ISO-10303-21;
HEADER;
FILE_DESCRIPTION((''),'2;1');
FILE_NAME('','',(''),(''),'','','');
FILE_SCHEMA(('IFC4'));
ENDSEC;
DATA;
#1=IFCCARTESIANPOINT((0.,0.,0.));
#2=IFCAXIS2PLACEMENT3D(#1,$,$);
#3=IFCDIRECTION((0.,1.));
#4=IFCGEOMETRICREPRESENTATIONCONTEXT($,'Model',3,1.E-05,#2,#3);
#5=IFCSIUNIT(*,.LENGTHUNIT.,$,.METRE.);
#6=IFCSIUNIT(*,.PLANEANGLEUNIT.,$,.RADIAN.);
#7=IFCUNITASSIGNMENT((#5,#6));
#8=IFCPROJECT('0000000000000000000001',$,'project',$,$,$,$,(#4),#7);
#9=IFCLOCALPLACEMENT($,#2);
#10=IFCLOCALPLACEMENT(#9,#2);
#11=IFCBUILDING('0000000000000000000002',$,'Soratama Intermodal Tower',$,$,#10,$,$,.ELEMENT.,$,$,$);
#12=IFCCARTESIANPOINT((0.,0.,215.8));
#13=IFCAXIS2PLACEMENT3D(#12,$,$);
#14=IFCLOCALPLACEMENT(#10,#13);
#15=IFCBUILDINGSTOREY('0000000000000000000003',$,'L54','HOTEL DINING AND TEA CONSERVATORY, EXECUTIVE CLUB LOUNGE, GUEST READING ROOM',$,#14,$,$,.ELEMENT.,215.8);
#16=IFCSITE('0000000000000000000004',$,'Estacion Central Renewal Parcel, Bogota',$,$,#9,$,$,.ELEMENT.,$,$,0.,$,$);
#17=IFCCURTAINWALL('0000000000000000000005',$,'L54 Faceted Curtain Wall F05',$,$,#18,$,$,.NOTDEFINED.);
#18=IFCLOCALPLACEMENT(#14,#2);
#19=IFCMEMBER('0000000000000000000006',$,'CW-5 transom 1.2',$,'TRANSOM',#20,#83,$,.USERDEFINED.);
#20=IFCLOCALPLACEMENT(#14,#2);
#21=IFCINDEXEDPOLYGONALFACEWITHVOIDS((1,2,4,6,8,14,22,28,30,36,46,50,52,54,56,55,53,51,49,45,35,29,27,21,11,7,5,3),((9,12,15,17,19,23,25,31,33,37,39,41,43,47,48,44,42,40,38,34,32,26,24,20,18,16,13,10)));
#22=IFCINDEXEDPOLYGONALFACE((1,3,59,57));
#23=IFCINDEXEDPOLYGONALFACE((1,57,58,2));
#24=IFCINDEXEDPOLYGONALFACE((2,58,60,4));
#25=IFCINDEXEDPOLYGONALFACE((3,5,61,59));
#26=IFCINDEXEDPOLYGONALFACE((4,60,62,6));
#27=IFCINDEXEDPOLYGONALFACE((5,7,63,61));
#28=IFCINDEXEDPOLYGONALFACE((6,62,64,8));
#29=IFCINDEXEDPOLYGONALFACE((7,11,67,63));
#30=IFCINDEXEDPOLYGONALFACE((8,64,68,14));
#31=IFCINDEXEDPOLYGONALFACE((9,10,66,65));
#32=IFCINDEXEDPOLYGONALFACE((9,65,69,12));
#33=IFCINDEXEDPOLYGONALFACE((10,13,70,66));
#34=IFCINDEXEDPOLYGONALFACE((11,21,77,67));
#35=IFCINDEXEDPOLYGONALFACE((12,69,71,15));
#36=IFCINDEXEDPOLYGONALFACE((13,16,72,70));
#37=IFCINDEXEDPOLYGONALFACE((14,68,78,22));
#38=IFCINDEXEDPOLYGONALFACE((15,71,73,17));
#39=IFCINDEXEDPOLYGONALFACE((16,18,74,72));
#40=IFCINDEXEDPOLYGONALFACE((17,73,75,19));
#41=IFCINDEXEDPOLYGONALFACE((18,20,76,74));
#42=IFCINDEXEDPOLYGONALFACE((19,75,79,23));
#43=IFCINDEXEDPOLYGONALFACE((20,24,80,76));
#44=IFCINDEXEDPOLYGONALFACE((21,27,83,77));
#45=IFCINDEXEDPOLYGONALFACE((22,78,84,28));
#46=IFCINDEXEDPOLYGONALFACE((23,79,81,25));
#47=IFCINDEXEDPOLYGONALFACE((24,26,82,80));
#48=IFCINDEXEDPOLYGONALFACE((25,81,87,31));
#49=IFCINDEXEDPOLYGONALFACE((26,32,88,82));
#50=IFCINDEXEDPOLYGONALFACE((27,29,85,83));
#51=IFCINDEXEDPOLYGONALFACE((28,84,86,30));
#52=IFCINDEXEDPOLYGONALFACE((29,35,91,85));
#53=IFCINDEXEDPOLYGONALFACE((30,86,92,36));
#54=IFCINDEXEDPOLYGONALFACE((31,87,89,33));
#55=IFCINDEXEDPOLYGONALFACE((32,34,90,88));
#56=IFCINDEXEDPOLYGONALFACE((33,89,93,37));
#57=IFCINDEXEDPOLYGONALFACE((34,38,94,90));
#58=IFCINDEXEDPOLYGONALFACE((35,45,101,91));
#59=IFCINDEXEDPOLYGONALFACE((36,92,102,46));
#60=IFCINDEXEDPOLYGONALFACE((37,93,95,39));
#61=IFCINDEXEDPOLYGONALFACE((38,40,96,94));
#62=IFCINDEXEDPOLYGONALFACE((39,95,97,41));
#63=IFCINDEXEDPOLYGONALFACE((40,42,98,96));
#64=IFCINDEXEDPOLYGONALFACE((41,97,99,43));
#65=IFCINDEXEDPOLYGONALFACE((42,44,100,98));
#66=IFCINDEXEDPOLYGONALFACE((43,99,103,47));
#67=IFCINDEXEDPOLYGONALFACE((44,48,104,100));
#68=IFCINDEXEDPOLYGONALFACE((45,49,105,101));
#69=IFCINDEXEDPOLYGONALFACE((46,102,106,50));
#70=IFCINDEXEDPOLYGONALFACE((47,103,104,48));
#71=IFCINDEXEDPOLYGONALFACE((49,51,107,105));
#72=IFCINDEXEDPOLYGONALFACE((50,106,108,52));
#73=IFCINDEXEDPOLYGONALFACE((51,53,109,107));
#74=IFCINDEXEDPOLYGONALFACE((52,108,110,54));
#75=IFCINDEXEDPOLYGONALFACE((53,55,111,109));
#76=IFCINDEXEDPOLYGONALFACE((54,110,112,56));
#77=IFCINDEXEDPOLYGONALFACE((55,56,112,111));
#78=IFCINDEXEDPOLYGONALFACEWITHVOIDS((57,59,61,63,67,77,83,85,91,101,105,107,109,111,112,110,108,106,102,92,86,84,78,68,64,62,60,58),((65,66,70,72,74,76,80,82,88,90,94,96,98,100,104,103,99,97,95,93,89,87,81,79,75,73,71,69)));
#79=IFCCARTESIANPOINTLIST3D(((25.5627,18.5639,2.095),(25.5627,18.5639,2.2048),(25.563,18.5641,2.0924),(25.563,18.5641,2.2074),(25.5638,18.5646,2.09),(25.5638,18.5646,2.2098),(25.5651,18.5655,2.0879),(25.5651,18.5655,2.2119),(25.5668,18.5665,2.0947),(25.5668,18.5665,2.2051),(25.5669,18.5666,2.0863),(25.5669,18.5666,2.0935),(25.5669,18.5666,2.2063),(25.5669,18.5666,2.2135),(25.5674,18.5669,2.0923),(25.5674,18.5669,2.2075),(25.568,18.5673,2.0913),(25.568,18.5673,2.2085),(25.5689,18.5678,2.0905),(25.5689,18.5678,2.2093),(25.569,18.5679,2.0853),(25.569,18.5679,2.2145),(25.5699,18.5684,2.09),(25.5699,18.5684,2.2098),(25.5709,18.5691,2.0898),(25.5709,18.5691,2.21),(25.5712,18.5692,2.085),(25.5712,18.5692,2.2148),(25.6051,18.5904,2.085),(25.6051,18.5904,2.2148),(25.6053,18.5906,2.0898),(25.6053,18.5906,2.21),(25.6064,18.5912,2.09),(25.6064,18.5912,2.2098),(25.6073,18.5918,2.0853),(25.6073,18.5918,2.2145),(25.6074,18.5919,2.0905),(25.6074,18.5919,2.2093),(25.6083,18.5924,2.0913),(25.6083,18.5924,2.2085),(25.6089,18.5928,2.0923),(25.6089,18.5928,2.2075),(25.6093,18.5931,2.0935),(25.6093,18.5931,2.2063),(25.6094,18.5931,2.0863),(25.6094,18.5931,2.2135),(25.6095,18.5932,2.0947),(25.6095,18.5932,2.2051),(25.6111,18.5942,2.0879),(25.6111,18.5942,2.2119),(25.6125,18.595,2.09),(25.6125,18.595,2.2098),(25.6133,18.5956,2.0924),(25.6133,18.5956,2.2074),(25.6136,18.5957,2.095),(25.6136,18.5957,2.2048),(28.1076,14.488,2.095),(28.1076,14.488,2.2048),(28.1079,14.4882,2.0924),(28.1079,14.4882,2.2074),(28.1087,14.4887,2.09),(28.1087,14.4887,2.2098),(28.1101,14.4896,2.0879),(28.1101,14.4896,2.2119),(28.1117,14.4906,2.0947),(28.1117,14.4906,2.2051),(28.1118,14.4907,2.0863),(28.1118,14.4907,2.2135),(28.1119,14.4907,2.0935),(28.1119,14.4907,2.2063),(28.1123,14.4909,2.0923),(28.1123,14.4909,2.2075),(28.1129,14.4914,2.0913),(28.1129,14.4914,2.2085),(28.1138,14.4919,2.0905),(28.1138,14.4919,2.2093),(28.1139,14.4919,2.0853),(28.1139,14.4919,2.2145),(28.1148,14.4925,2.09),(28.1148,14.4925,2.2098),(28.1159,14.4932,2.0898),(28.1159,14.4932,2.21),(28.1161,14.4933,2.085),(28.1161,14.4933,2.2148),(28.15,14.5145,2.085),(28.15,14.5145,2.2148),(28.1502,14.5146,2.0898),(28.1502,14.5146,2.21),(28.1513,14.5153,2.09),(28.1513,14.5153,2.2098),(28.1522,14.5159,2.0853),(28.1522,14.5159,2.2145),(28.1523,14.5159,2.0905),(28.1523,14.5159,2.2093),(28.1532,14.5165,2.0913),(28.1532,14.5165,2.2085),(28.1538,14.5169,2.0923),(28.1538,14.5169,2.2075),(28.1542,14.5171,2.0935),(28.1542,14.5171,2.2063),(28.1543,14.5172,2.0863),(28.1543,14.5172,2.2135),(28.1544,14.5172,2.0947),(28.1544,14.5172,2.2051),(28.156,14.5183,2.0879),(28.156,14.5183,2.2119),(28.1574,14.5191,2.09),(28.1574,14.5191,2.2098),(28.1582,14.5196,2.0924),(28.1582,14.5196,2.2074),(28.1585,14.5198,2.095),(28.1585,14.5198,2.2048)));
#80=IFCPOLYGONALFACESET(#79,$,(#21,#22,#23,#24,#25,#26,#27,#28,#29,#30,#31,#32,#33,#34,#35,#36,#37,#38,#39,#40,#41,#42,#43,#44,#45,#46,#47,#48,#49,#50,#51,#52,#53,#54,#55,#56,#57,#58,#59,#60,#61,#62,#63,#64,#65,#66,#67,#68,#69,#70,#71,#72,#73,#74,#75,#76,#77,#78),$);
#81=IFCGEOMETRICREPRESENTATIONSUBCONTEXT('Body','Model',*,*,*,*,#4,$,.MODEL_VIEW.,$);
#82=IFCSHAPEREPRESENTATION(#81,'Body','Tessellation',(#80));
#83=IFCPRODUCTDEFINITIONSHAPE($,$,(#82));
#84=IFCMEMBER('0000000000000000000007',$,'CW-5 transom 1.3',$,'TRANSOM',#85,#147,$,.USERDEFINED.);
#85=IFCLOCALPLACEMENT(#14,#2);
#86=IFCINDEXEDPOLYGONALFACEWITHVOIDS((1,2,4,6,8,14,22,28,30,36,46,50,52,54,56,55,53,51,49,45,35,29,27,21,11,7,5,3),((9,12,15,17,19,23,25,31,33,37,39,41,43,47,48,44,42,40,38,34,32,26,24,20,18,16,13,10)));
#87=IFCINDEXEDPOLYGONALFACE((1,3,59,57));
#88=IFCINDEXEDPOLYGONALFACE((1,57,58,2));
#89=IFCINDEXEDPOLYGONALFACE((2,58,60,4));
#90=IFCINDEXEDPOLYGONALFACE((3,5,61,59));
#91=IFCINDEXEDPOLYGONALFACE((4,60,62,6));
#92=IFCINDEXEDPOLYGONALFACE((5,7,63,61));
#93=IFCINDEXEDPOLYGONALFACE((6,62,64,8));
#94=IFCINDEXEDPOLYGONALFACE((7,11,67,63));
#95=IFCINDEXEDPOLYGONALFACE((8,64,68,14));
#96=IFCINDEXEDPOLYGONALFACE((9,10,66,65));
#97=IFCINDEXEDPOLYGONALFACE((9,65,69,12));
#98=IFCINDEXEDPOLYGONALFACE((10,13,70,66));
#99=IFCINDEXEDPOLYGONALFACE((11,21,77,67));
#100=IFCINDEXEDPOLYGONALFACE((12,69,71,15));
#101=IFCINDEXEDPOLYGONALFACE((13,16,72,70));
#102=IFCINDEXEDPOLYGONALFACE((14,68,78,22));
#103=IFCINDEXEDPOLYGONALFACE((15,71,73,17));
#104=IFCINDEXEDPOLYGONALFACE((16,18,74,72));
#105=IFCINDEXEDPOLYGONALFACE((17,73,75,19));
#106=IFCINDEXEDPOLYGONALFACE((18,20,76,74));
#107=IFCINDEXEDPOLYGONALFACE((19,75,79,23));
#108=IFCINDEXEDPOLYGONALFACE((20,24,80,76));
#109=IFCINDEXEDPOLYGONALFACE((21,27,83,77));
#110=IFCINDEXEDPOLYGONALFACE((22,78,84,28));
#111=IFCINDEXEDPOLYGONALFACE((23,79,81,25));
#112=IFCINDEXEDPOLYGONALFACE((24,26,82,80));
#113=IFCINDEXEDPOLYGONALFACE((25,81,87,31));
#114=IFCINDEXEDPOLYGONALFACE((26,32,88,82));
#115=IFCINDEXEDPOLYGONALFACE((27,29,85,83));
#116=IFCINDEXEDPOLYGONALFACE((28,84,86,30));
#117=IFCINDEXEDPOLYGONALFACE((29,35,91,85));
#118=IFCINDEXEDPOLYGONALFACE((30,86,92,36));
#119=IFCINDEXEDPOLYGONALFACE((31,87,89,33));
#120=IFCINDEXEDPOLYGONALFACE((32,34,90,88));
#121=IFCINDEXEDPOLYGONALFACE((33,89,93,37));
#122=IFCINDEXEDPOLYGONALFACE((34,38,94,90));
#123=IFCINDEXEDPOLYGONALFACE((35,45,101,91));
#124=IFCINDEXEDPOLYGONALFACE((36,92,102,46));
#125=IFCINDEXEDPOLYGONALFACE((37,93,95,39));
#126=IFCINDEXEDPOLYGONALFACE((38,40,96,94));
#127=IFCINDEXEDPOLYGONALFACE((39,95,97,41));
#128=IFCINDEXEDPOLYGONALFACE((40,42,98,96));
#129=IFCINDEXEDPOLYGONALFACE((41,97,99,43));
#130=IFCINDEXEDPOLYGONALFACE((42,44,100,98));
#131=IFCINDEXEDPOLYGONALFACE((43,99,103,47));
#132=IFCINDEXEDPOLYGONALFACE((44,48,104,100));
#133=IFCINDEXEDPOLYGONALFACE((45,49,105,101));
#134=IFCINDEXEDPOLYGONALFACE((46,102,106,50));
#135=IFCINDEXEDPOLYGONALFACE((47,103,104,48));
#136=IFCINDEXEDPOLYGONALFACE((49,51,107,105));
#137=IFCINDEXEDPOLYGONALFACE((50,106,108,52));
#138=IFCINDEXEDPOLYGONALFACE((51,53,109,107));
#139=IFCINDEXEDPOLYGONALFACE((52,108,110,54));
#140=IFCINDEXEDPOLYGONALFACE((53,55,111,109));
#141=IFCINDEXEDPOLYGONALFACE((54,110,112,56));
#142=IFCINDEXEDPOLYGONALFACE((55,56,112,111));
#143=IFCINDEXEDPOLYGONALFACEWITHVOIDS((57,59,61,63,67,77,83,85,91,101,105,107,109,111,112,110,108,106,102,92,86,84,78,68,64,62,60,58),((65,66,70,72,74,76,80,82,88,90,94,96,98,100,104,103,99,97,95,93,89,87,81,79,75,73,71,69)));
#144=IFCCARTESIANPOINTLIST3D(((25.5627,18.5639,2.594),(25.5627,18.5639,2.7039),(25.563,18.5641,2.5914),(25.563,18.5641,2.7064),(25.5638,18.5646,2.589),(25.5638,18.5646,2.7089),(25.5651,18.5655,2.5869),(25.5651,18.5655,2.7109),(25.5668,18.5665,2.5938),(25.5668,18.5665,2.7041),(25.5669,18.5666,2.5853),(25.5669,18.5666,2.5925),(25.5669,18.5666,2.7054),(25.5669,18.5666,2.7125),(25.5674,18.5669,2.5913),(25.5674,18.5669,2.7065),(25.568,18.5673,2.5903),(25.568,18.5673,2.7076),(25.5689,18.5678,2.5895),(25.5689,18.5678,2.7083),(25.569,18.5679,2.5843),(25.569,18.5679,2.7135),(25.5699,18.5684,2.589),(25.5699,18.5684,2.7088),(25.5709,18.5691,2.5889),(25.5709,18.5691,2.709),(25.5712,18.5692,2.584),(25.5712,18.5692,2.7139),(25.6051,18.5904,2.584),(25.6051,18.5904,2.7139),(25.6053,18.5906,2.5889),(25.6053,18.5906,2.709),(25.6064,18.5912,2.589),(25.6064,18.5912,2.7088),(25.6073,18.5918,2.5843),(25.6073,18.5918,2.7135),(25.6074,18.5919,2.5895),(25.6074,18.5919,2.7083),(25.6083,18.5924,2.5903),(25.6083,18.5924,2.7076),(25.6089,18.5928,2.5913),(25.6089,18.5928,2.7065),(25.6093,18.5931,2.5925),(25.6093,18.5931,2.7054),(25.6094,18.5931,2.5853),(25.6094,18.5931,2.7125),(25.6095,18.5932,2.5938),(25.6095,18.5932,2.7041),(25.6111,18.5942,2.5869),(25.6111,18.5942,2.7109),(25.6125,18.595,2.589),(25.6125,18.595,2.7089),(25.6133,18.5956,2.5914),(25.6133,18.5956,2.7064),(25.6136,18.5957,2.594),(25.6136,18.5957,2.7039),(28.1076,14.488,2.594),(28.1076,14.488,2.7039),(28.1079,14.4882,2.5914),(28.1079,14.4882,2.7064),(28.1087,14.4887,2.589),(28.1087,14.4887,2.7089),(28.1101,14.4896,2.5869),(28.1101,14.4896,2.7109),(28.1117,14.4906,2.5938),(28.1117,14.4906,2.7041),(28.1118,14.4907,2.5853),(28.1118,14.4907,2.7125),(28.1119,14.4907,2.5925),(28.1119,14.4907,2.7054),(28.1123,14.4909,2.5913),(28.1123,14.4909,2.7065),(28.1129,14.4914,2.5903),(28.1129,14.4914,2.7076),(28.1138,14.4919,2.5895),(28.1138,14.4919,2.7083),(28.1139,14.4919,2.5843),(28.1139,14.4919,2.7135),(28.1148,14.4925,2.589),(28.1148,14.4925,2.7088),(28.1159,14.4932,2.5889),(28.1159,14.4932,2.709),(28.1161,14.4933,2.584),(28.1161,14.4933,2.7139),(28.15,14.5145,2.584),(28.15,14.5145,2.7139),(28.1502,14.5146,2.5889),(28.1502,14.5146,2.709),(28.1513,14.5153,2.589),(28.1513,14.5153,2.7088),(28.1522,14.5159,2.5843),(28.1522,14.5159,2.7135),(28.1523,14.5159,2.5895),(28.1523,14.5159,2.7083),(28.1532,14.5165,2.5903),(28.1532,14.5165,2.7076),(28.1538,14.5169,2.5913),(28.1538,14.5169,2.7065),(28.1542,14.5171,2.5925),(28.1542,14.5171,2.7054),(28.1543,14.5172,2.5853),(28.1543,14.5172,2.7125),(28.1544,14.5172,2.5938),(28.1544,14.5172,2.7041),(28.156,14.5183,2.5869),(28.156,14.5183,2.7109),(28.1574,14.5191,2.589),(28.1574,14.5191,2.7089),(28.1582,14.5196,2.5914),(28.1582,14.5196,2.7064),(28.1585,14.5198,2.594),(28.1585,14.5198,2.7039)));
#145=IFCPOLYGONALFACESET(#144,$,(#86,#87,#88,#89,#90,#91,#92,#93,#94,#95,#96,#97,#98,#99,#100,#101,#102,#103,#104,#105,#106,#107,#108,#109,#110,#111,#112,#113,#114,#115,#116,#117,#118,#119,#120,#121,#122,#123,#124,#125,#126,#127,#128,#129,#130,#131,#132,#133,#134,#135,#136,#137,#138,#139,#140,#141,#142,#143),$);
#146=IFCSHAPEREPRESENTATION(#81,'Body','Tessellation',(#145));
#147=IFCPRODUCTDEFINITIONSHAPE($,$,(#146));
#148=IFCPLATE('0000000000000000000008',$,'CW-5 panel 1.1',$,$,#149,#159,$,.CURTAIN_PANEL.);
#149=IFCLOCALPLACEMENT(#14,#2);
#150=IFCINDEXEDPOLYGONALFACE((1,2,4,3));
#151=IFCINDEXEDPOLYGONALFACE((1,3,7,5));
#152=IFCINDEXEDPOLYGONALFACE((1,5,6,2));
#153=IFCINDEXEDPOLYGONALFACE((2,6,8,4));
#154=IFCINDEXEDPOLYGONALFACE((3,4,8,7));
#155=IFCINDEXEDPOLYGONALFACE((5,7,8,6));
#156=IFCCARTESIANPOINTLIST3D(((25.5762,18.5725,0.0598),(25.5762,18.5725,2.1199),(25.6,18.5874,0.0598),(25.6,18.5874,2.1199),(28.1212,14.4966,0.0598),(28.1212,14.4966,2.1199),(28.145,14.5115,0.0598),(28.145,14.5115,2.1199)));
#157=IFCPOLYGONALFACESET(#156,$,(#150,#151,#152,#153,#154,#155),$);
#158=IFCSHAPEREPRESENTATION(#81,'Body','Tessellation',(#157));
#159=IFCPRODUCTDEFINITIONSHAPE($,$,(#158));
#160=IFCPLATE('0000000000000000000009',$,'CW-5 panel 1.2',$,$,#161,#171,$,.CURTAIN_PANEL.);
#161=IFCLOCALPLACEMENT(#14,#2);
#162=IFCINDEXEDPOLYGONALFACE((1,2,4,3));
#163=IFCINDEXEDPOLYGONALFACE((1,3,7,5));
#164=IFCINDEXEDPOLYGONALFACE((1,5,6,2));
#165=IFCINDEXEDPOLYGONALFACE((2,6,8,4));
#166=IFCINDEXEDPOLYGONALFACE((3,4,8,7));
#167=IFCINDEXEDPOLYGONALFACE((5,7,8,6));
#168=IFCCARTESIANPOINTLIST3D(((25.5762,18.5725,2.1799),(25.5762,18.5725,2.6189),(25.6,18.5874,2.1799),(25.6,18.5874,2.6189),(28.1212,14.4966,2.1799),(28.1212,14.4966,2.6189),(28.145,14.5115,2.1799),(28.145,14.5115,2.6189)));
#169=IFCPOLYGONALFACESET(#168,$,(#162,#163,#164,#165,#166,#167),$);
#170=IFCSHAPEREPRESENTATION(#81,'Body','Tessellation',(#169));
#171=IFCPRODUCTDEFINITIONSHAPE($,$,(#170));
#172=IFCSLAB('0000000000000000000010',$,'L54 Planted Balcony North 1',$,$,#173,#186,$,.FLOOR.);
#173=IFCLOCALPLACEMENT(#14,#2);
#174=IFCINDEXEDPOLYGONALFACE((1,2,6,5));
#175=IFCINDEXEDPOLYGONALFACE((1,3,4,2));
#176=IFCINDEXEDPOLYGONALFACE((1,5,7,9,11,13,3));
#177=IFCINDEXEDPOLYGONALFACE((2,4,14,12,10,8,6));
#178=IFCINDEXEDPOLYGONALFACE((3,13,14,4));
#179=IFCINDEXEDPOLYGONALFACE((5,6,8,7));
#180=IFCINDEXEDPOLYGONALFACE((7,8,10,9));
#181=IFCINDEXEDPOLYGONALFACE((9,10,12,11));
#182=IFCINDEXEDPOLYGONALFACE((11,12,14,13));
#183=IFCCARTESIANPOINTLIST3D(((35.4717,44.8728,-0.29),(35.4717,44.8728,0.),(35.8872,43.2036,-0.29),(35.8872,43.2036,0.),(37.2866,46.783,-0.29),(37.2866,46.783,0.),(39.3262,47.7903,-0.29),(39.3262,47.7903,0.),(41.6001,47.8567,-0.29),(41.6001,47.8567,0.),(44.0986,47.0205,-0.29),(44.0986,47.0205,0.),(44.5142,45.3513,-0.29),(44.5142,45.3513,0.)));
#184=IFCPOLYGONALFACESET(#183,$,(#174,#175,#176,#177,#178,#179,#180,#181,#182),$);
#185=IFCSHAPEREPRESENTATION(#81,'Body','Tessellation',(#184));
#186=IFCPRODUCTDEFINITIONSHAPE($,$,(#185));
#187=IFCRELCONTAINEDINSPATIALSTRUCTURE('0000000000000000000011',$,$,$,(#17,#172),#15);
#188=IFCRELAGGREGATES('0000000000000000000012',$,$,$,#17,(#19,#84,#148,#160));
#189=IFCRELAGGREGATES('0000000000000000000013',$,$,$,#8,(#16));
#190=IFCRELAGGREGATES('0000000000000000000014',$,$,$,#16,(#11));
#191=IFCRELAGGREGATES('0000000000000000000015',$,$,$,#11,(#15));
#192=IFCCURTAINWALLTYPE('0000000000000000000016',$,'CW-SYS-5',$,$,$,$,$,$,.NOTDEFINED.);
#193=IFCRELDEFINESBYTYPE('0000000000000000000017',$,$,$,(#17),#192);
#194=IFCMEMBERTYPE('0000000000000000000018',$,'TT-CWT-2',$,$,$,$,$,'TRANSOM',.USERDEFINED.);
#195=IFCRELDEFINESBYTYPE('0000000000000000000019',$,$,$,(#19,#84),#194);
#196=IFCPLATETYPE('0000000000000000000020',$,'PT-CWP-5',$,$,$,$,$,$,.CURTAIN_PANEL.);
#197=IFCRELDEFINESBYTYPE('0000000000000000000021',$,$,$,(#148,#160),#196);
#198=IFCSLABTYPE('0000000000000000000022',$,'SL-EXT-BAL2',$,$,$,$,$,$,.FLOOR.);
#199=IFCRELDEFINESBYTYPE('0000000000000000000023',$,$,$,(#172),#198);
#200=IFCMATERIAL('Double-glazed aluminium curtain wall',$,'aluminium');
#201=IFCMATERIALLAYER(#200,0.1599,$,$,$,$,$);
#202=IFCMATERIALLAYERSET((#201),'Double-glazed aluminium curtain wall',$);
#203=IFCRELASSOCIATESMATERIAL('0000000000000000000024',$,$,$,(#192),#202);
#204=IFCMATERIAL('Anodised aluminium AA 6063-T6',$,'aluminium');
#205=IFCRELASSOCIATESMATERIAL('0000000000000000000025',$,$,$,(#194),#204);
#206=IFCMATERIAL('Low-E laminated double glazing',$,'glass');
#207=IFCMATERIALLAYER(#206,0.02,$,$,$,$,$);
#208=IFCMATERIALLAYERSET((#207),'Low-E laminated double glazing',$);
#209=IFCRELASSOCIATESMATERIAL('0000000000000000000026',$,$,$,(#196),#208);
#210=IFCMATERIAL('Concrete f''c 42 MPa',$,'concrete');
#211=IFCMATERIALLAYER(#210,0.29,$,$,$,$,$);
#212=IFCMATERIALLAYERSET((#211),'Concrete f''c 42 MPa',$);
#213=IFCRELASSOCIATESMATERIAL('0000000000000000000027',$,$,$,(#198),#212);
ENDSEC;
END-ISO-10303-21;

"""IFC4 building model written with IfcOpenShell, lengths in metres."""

from ifc_helpers import new_model, si_unit, direction, frame, origin, origin_2d, place, context, subcontext, project, spatial, polyline, rectangle, hollow_rectangle, outline, extrude, material, layer, layer_set, material_profile, profile_set, type_object, element, aggregate, save


model = new_model("IFC4")

# Units and contexts
model_context = context("Model", 3, precision=1e-05, world=origin(), true_north=direction((0.0, 1.0)))
body_context = subcontext(model_context, "Body", "Model", "MODEL_VIEW")
ifc_project = project(units=[si_unit("LENGTHUNIT", "METRE"), si_unit("PLANEANGLEUNIT", "RADIAN")], contexts=[model_context])

# Site, building, storey
site_placement = place(None, origin())
site = spatial("IfcSite", under=ifc_project, at=site_placement, Name="Estacion Central Renewal Parcel, Bogota", CompositionType="ELEMENT", RefElevation=0.0)
building_placement = place(site_placement, origin())
building = spatial("IfcBuilding", under=site, at=building_placement, Name="Soratama Intermodal Tower", CompositionType="ELEMENT")
storey_placement = place(building_placement, frame((0.0, 0.0, 215.8)))
storey = spatial("IfcBuildingStorey", under=building, at=storey_placement, Name="L54", Description="HOTEL DINING AND TEA CONSERVATORY, EXECUTIVE CLUB LOUNGE, GUEST READING ROOM", CompositionType="ELEMENT", Elevation=215.8)

# Curtain wall, members, plates
ifc_material_1 = material(Name="Double-glazed aluminium curtain wall", Category="aluminium")
ifc_layer_1 = layer(ifc_material_1, 0.1599)
ifc_layer_set_1 = layer_set([ifc_layer_1], Name="Double-glazed aluminium curtain wall")
curtain_wall_type = type_object("IfcCurtainWallType", Name="CW-SYS-5", PredefinedType="NOTDEFINED", material=ifc_layer_set_1)
curtain_wall_placement = place(storey_placement, origin())
curtain_wall = element("IfcCurtainWall", 1, at=curtain_wall_placement, inside=storey, type_object=curtain_wall_type, Name="L54 Faceted Curtain Wall F05", PredefinedType="NOTDEFINED")
ifc_material_2 = material(Name="Anodised aluminium AA 6063-T6", Category="aluminium")
ifc_material_profile_1 = material_profile(ifc_material_2, hollow_rectangle(XDim=0.0601, YDim=0.1299, WallThickness=0.0049, InnerFilletRadius=0.0049, OuterFilletRadius=0.01, at=origin_2d()), Name="CWT130X60X5")
ifc_profile_set_1 = profile_set([ifc_material_profile_1], Name="Anodised aluminium AA 6063-T6")
member_type_1 = type_object("IfcMemberType", Name="TT-CWT-2", ElementType="TRANSOM", PredefinedType="USERDEFINED", material=ifc_profile_set_1)
member_1_placement = place(storey_placement, frame((25.5881, 18.5798, 2.1499), z_axis=(0.52962, -0.848235, 0.0), x_axis=(0.848235, 0.52962, 0.0)))
member_1 = element("IfcMember", 2, at=member_1_placement, type_object=member_type_1, Name="CW-5 transom 1.2", ObjectType="TRANSOM", PredefinedType="USERDEFINED", context=body_context, shape_type="SweptSolid", body=[
    extrude(hollow_rectangle(XDim=0.0601, YDim=0.1299, WallThickness=0.0049, InnerFilletRadius=0.0049, OuterFilletRadius=0.01, at=origin_2d()), origin(), (0.0, 0.0, 1.0), 4.8052),
])
member_2_placement = place(storey_placement, frame((25.5881, 18.5798, 2.6489), z_axis=(0.52962, -0.848235, 0.0), x_axis=(0.848235, 0.52962, 0.0)))
member_2 = element("IfcMember", 3, at=member_2_placement, type_object=member_type_1, Name="CW-5 transom 1.3", ObjectType="TRANSOM", PredefinedType="USERDEFINED", context=body_context, shape_type="SweptSolid", body=[
    extrude(hollow_rectangle(XDim=0.0601, YDim=0.1299, WallThickness=0.0049, InnerFilletRadius=0.0049, OuterFilletRadius=0.01, at=origin_2d()), origin(), (0.0, 0.0, 1.0), 4.8052),
])
ifc_material_3 = material(Name="Low-E laminated double glazing", Category="glass")
ifc_layer_2 = layer(ifc_material_3, 0.02)
ifc_layer_set_2 = layer_set([ifc_layer_2], Name="Low-E laminated double glazing")
plate_type = type_object("IfcPlateType", Name="PT-CWP-5", PredefinedType="CURTAIN_PANEL", material=ifc_layer_set_2)
plate_1_placement = place(storey_placement, frame((26.8606, 16.542, 0.0598), z_axis=(0.0, 0.0, 1.0), x_axis=(0.529626, -0.848231, 0.0)))
plate_1 = element("IfcPlate", 4, at=plate_1_placement, type_object=plate_type, Name="CW-5 panel 1.1", PredefinedType="CURTAIN_PANEL", context=body_context, shape_type="SweptSolid", body=[
    extrude(rectangle(XDim=4.8052, YDim=0.0281, at=origin_2d()), origin(), (0.0, 0.0, 1.0), 2.0601),
])
plate_2_placement = place(storey_placement, frame((26.8606, 16.542, 2.1799), z_axis=(0.0, 0.0, 1.0), x_axis=(0.529626, -0.848231, 0.0)))
plate_2 = element("IfcPlate", 5, at=plate_2_placement, type_object=plate_type, Name="CW-5 panel 1.2", PredefinedType="CURTAIN_PANEL", context=body_context, shape_type="SweptSolid", body=[
    extrude(rectangle(XDim=4.8052, YDim=0.0281, at=origin_2d()), origin(), (0.0, 0.0, 1.0), 0.439),
])
aggregate(curtain_wall, [member_1, member_2, plate_1, plate_2])

# Slab
ifc_material_4 = material(Name="Concrete f'c 42 MPa", Category="concrete")
ifc_layer_3 = layer(ifc_material_4, 0.29)
ifc_layer_set_3 = layer_set([ifc_layer_3], Name="Concrete f'c 42 MPa")
slab_type_1 = type_object("IfcSlabType", Name="SL-EXT-BAL2", PredefinedType="FLOOR", material=ifc_layer_set_3)
slab_1_placement = place(storey_placement, frame((0.0, 0.0, -0.29)))
element("IfcSlab", 6, at=slab_1_placement, inside=storey, type_object=slab_type_1, Name="L54 Planted Balcony North 1", PredefinedType="FLOOR", context=body_context, shape_type="SweptSolid", body=[
    extrude(outline(polyline([(44.5142, 45.3513), (35.8872, 43.2036), (35.4717, 44.8728), (37.2866, 46.783), (39.3262, 47.7903), (41.6001, 47.8567), (44.0986, 47.0205), (44.5142, 45.3513)])), origin(), (0.0, 0.0, 1.0), 0.29),
])

save(model, "model.ifc")
